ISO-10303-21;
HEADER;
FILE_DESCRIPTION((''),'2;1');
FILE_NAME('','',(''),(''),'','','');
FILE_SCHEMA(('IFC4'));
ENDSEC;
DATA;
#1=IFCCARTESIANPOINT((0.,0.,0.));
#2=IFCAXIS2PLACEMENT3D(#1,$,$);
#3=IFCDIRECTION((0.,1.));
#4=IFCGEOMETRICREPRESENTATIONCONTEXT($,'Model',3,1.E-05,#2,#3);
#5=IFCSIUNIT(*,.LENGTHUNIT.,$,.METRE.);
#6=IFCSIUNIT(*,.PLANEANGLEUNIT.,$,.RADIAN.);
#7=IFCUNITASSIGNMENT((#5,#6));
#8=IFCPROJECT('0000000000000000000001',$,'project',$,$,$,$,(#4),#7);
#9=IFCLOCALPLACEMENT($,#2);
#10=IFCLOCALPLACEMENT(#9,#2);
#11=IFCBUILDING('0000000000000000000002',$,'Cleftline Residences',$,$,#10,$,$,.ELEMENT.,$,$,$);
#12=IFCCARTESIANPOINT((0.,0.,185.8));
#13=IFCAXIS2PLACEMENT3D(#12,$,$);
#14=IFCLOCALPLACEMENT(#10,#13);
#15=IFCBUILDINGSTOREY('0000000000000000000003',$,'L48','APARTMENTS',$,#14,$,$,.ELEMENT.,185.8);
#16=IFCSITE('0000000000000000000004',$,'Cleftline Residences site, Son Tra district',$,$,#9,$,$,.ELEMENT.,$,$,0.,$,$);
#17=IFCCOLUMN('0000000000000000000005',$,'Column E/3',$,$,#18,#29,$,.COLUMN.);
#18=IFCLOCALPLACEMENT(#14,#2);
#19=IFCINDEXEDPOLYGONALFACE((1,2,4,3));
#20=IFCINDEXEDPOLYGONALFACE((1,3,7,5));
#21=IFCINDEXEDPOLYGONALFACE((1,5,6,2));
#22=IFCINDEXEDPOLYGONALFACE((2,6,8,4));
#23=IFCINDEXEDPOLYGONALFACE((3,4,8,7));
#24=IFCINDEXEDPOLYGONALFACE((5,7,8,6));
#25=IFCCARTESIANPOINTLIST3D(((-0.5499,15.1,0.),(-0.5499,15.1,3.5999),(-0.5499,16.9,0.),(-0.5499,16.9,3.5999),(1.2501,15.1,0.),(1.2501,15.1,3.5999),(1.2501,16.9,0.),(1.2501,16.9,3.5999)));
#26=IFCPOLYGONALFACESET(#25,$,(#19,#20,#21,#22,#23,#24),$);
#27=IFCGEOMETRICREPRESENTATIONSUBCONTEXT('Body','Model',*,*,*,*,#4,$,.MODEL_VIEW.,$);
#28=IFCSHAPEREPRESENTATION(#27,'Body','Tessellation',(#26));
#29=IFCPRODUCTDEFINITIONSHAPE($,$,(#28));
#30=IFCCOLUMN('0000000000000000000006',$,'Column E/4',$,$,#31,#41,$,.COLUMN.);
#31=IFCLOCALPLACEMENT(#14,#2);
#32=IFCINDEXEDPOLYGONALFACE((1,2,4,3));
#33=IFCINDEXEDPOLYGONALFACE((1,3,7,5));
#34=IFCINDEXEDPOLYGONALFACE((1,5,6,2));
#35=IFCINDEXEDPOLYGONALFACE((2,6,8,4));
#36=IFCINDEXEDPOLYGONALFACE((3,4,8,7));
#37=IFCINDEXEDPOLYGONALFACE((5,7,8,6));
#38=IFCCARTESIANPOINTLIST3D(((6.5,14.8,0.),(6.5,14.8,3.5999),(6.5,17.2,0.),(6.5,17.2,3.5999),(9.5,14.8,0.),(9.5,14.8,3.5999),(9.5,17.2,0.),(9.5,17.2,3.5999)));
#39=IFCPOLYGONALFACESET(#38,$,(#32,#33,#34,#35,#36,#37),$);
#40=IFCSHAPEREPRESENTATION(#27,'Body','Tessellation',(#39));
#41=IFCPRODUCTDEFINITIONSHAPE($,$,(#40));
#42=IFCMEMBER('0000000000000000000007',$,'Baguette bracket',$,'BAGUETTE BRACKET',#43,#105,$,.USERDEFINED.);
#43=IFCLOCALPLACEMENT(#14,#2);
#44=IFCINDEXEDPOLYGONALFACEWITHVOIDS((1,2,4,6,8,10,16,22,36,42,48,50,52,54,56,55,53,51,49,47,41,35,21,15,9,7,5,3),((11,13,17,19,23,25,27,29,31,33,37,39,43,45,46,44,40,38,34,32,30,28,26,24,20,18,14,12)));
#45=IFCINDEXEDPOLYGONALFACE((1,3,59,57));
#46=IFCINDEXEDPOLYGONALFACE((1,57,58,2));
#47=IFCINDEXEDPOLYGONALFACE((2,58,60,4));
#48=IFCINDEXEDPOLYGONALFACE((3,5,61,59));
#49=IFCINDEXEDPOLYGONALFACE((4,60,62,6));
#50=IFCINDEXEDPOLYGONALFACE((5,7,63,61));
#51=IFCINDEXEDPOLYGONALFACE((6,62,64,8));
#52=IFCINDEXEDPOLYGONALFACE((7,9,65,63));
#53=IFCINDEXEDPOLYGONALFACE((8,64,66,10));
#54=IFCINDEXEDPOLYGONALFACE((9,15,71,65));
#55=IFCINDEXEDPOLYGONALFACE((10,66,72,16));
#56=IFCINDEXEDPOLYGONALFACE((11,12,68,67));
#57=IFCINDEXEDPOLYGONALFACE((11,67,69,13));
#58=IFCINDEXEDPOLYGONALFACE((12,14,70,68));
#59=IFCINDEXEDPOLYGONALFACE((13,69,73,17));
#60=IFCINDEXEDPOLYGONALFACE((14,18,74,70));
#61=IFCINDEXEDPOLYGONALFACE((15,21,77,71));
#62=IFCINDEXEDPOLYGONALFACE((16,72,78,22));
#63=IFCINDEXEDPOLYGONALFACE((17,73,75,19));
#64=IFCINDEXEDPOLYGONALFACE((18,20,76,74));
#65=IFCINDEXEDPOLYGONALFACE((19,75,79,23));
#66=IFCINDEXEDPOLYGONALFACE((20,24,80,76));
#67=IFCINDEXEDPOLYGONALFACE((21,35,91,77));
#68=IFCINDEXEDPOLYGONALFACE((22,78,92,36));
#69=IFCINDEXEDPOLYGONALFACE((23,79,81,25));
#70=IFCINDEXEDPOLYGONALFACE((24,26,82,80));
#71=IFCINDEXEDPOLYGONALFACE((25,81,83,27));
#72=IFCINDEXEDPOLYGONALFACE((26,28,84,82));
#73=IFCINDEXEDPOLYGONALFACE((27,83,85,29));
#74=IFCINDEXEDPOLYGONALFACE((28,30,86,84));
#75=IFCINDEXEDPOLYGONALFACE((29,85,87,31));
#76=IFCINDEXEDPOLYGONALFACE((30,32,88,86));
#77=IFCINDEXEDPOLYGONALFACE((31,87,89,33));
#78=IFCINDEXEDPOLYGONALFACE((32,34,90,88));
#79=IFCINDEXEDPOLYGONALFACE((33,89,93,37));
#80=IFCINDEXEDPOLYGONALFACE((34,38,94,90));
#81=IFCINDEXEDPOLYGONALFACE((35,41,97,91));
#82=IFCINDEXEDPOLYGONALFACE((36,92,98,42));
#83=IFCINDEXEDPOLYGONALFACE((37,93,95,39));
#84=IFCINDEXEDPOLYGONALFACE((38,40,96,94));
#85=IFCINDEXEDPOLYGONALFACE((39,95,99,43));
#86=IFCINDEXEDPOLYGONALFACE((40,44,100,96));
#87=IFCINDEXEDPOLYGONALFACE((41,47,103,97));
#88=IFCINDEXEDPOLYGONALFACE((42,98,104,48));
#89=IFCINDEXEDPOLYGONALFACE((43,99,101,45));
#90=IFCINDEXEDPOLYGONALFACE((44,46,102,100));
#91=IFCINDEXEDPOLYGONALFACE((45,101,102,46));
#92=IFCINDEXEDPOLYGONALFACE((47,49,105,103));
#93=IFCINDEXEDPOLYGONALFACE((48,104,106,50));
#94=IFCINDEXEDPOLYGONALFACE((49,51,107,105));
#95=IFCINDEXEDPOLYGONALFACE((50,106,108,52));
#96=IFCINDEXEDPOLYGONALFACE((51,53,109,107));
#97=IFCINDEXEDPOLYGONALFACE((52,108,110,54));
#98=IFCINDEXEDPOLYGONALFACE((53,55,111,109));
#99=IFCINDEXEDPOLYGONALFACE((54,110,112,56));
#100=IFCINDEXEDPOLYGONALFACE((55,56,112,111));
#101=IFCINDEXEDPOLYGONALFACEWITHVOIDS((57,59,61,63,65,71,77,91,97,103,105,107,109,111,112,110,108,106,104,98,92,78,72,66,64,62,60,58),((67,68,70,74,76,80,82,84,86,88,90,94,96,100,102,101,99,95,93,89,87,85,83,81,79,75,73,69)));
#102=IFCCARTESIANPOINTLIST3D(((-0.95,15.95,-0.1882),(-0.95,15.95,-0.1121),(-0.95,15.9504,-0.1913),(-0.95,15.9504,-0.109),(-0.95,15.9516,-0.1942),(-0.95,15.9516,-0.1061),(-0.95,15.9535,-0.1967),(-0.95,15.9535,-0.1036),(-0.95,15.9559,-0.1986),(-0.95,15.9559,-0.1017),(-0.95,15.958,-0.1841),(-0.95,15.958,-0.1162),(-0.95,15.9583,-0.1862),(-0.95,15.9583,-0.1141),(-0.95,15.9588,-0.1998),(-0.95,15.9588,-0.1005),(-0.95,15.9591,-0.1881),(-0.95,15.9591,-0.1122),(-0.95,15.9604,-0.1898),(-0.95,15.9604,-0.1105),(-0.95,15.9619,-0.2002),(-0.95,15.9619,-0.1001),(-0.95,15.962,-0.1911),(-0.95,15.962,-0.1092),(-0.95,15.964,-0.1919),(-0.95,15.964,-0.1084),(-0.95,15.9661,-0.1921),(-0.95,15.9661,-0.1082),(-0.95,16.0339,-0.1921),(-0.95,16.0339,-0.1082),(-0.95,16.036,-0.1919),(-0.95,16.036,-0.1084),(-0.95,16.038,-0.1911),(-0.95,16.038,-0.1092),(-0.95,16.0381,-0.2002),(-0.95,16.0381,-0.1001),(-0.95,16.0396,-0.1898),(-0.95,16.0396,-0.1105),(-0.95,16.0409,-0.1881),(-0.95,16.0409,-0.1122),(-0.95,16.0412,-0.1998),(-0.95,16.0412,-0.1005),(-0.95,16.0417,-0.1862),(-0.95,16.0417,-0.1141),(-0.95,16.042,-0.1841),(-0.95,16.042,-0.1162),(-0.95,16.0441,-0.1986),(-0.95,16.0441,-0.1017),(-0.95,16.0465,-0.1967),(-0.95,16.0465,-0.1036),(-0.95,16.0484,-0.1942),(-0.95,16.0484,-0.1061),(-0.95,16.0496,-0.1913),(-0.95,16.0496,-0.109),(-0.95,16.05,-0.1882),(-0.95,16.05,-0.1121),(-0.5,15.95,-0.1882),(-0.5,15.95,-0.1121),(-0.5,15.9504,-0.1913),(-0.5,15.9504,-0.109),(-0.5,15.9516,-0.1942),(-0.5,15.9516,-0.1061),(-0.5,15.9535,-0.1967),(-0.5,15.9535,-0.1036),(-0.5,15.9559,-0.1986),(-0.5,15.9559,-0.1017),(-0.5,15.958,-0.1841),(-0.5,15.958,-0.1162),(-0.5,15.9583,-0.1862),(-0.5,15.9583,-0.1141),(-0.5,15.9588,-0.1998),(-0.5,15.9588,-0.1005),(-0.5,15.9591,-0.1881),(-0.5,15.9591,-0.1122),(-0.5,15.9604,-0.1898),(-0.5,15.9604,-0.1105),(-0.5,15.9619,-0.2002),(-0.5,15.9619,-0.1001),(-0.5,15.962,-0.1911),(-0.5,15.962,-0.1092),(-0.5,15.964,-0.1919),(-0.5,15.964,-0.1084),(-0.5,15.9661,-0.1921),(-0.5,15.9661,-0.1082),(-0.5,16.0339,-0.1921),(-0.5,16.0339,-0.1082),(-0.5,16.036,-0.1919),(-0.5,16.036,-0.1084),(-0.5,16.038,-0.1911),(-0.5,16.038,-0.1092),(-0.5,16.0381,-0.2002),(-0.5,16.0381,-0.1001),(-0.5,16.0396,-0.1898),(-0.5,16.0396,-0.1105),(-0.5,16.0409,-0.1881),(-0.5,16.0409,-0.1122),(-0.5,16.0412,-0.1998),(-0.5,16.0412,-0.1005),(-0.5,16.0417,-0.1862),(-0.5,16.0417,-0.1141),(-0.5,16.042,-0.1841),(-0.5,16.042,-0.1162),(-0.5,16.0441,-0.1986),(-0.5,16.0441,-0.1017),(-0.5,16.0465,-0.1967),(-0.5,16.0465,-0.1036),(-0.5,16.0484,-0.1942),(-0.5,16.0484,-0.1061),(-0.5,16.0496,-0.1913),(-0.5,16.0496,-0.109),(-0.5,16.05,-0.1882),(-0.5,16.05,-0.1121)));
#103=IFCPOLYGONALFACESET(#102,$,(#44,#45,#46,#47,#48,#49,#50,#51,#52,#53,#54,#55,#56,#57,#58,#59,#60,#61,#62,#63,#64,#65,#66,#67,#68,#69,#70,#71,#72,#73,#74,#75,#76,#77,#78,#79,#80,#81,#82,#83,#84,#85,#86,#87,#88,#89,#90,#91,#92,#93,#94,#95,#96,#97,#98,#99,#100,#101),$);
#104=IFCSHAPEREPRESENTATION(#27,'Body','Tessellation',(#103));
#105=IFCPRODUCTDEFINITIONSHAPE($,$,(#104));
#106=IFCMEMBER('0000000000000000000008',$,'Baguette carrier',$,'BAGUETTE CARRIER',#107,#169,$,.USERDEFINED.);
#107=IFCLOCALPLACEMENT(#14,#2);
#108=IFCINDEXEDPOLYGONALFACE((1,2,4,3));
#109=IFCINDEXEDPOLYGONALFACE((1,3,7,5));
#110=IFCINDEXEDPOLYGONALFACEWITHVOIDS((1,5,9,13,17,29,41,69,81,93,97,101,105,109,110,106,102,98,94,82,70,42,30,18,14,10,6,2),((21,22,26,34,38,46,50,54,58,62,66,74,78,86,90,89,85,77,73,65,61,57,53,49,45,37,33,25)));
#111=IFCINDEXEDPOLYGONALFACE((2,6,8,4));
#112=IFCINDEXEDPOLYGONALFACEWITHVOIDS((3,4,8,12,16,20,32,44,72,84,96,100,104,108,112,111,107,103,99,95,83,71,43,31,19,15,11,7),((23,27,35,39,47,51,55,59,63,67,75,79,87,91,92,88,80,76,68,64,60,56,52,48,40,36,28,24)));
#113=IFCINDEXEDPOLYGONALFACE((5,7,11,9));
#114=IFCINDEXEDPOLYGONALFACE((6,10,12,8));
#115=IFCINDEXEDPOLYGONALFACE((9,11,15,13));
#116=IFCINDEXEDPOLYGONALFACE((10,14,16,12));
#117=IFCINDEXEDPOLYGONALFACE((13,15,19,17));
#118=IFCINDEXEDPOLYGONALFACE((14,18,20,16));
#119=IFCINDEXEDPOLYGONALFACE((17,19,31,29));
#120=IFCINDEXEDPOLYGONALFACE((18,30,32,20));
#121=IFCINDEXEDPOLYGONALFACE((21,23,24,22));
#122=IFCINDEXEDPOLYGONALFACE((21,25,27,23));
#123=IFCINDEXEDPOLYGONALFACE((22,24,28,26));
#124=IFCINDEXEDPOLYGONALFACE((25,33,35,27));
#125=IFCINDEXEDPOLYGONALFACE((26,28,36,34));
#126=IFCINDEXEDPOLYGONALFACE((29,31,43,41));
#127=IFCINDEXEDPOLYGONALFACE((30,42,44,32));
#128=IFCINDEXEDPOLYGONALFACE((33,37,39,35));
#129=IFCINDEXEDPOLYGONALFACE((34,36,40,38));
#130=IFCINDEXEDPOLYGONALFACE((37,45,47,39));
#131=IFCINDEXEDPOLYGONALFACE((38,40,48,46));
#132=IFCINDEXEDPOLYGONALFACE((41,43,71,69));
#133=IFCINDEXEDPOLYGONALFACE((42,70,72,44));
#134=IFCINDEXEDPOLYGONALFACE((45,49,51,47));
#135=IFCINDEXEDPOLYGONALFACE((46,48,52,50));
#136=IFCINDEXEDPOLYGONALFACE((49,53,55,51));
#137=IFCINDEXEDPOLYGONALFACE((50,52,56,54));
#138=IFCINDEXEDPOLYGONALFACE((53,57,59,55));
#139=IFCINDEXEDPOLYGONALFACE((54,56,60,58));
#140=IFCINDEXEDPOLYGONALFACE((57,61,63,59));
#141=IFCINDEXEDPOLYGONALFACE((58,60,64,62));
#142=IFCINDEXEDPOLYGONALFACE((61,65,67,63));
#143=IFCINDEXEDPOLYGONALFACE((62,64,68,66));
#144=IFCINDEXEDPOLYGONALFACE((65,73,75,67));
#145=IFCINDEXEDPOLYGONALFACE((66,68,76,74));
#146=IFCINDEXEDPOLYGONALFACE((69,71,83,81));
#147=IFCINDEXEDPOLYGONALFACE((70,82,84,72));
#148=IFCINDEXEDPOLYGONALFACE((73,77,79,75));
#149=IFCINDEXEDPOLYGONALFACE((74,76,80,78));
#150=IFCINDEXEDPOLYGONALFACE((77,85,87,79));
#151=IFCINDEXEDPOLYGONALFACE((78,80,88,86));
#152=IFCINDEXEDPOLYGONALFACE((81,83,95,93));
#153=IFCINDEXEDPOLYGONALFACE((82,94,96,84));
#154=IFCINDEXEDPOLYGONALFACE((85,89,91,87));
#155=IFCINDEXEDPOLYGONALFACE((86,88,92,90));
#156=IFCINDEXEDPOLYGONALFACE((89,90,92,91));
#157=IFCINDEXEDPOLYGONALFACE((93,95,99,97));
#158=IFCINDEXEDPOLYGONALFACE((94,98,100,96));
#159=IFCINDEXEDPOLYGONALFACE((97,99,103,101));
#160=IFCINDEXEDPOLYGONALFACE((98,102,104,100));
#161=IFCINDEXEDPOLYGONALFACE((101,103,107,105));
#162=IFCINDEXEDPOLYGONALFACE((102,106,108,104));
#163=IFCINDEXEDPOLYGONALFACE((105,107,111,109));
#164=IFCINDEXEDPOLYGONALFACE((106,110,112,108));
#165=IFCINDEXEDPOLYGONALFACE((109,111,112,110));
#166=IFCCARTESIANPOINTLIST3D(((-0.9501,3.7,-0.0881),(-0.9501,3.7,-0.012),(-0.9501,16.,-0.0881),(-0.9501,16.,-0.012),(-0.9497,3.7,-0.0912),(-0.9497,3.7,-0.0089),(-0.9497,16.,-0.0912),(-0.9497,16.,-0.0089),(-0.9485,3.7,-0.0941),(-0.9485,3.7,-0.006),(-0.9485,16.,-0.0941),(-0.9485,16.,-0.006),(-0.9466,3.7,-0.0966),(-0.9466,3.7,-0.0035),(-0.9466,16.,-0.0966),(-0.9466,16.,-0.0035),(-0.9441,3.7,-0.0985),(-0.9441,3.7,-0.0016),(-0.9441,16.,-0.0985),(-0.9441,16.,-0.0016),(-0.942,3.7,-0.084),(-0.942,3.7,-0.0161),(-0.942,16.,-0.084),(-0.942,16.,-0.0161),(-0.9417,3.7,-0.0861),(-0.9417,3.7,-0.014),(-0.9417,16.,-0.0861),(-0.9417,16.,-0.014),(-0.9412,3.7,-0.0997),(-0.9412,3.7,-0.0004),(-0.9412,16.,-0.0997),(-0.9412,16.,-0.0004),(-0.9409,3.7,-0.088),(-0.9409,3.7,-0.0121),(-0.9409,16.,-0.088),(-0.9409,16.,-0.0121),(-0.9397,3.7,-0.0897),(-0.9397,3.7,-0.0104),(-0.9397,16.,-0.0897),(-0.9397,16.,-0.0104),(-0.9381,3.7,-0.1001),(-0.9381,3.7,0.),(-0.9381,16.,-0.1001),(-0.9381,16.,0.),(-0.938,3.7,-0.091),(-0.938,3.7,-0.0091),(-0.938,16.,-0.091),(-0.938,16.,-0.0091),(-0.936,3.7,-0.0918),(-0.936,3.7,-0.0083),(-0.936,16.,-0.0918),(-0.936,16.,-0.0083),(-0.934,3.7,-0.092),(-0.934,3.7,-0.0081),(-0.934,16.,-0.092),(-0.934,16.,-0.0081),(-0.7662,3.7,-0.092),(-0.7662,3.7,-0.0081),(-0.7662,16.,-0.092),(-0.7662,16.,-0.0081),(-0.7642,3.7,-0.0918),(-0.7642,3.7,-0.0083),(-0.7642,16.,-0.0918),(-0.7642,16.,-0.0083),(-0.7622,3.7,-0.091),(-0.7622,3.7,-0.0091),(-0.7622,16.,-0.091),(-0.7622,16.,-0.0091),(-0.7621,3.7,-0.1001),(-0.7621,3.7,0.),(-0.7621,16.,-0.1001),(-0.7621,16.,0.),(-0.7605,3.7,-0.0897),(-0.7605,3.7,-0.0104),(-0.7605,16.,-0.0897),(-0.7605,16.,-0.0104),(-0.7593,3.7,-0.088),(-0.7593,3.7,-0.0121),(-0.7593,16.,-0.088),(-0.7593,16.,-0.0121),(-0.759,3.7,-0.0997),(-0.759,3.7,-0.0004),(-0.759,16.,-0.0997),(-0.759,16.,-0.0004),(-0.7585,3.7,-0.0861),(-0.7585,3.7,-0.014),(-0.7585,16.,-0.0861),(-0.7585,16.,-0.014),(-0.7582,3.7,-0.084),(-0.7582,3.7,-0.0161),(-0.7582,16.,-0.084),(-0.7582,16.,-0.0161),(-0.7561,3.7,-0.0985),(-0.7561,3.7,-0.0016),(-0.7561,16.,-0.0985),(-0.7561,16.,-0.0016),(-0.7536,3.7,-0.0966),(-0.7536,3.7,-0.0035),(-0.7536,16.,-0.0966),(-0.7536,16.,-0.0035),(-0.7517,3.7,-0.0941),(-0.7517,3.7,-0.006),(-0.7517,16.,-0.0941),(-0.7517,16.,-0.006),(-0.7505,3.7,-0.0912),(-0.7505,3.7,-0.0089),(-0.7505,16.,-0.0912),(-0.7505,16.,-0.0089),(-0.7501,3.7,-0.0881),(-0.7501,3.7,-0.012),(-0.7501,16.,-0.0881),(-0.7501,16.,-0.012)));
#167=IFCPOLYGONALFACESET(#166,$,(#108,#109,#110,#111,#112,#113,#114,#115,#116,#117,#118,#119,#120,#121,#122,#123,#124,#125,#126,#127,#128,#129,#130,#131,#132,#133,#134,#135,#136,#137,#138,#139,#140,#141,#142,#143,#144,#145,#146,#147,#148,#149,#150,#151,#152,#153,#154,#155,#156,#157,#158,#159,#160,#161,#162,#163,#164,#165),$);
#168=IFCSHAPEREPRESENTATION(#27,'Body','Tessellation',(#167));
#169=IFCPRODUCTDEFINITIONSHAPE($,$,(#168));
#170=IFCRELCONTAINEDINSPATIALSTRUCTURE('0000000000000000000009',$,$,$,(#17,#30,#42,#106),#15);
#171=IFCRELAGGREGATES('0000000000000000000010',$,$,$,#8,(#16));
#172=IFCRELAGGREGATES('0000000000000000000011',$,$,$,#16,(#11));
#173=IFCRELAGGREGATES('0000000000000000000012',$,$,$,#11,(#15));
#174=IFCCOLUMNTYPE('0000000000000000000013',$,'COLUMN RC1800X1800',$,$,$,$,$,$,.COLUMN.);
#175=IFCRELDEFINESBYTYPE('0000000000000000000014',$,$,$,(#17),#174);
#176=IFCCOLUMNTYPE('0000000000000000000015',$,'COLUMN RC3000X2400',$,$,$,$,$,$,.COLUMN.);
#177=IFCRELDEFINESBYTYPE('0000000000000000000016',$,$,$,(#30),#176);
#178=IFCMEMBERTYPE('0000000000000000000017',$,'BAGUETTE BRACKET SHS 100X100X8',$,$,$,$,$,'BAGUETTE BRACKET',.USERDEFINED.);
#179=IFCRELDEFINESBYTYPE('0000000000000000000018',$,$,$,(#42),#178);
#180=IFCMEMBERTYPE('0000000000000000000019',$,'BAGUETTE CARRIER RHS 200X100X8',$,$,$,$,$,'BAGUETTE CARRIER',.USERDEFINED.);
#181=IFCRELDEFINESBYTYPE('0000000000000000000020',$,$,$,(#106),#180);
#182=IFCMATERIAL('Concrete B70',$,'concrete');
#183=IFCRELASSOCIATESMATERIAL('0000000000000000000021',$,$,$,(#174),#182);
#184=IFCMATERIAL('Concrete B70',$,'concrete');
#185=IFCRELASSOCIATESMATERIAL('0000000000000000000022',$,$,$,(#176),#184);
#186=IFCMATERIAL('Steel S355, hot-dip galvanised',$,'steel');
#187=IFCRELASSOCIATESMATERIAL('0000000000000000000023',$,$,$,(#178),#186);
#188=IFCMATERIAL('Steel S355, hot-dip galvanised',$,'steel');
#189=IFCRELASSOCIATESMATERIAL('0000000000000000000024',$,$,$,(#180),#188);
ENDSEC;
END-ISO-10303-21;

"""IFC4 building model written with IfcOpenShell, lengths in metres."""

from ifc_helpers import new_model, si_unit, direction, frame, origin, origin_2d, place, context, subcontext, project, spatial, rectangle, hollow_rectangle, extrude, material, material_profile, profile_set, type_object, element, save


model = new_model("IFC4")

# Units and contexts
model_context = context("Model", 3, precision=1e-05, world=origin(), true_north=direction((0.0, 1.0)))
body_context = subcontext(model_context, "Body", "Model", "MODEL_VIEW")
ifc_project = project(units=[si_unit("LENGTHUNIT", "METRE"), si_unit("PLANEANGLEUNIT", "RADIAN")], contexts=[model_context])

# Site, building, storey
site_placement = place(None, origin())
site = spatial("IfcSite", under=ifc_project, at=site_placement, Name="Cleftline Residences site, Son Tra district", CompositionType="ELEMENT", RefElevation=0.0)
building_placement = place(site_placement, origin())
building = spatial("IfcBuilding", under=site, at=building_placement, Name="Cleftline Residences", CompositionType="ELEMENT")
storey_placement = place(building_placement, frame((0.0, 0.0, 185.8)))
storey = spatial("IfcBuildingStorey", under=building, at=storey_placement, Name="L48", Description="APARTMENTS", CompositionType="ELEMENT", Elevation=185.8)

# Columns
ifc_material_1 = material(Name="Concrete B70", Category="concrete")
ifc_material_profile_1 = material_profile(ifc_material_1, rectangle(XDim=1.8, YDim=1.8, at=origin_2d()))
ifc_profile_set_1 = profile_set([ifc_material_profile_1], Name="Concrete B70")
column_type_1 = type_object("IfcColumnType", Name="COLUMN RC1800X1800", PredefinedType="COLUMN", material=ifc_profile_set_1)
column_1_placement = place(storey_placement, frame((0.3501, 16.0, 0.0), z_axis=(0.0, 0.0, 1.0), x_axis=(1.0, 0.0, 0.0)))
element("IfcColumn", 1, at=column_1_placement, inside=storey, type_object=column_type_1, Name="Column E/3", PredefinedType="COLUMN", context=body_context, shape_type="SweptSolid", body=[
    extrude(rectangle(XDim=1.8, YDim=1.8, at=origin_2d()), origin(), (0.0, 0.0, 1.0), 3.5999),
])
ifc_material_2 = material(Name="Concrete B70", Category="concrete")
ifc_material_profile_2 = material_profile(ifc_material_2, rectangle(XDim=3.0, YDim=2.3999, at=origin_2d()))
ifc_profile_set_2 = profile_set([ifc_material_profile_2], Name="Concrete B70")
column_type_2 = type_object("IfcColumnType", Name="COLUMN RC3000X2400", PredefinedType="COLUMN", material=ifc_profile_set_2)
column_2_placement = place(storey_placement, frame((8.0, 16.0, 0.0), z_axis=(0.0, 0.0, 1.0), x_axis=(1.0, 0.0, 0.0)))
element("IfcColumn", 2, at=column_2_placement, inside=storey, type_object=column_type_2, Name="Column E/4", PredefinedType="COLUMN", context=body_context, shape_type="SweptSolid", body=[
    extrude(rectangle(XDim=3.0, YDim=2.3999, at=origin_2d()), origin(), (0.0, 0.0, 1.0), 3.5999),
])

# Members
ifc_material_3 = material(Name="Steel S355, hot-dip galvanised", Category="steel")
ifc_material_profile_3 = material_profile(ifc_material_3, hollow_rectangle(XDim=0.1001, YDim=0.1001, WallThickness=0.0081, InnerFilletRadius=0.0081, OuterFilletRadius=0.012, at=origin_2d()))
ifc_profile_set_3 = profile_set([ifc_material_profile_3], Name="Steel S355, hot-dip galvanised")
member_type_1 = type_object("IfcMemberType", Name="BAGUETTE BRACKET SHS 100X100X8", ElementType="BAGUETTE BRACKET", PredefinedType="USERDEFINED", material=ifc_profile_set_3)
member_1_placement = place(storey_placement, frame((-0.5, 16.0, -0.1501), z_axis=(-1.0, 0.0, 0.0), x_axis=(0.0, -1.0, 0.0)))
element("IfcMember", 3, at=member_1_placement, inside=storey, type_object=member_type_1, Name="Baguette bracket", ObjectType="BAGUETTE BRACKET", PredefinedType="USERDEFINED", context=body_context, shape_type="SweptSolid", body=[
    extrude(hollow_rectangle(XDim=0.1001, YDim=0.1001, WallThickness=0.0081, InnerFilletRadius=0.0081, OuterFilletRadius=0.012, at=origin_2d()), origin(), (0.0, 0.0, 1.0), 0.45),
])
ifc_material_4 = material(Name="Steel S355, hot-dip galvanised", Category="steel")
ifc_material_profile_4 = material_profile(ifc_material_4, hollow_rectangle(XDim=0.1001, YDim=0.2, WallThickness=0.0081, InnerFilletRadius=0.0081, OuterFilletRadius=0.012, at=origin_2d()))
ifc_profile_set_4 = profile_set([ifc_material_profile_4], Name="Steel S355, hot-dip galvanised")
member_type_2 = type_object("IfcMemberType", Name="BAGUETTE CARRIER RHS 200X100X8", ElementType="BAGUETTE CARRIER", PredefinedType="USERDEFINED", material=ifc_profile_set_4)
member_2_placement = place(storey_placement, frame((-0.8501, 16.0, -0.05), z_axis=(0.0, -1.0, 0.0), x_axis=(0.0, 0.0, 1.0)))
element("IfcMember", 4, at=member_2_placement, inside=storey, type_object=member_type_2, Name="Baguette carrier", ObjectType="BAGUETTE CARRIER", PredefinedType="USERDEFINED", context=body_context, shape_type="SweptSolid", body=[
    extrude(hollow_rectangle(XDim=0.1001, YDim=0.2, WallThickness=0.0081, InnerFilletRadius=0.0081, OuterFilletRadius=0.012, at=origin_2d()), origin(), (0.0, 0.0, 1.0), 12.3),
])

save(model, "model.ifc")
